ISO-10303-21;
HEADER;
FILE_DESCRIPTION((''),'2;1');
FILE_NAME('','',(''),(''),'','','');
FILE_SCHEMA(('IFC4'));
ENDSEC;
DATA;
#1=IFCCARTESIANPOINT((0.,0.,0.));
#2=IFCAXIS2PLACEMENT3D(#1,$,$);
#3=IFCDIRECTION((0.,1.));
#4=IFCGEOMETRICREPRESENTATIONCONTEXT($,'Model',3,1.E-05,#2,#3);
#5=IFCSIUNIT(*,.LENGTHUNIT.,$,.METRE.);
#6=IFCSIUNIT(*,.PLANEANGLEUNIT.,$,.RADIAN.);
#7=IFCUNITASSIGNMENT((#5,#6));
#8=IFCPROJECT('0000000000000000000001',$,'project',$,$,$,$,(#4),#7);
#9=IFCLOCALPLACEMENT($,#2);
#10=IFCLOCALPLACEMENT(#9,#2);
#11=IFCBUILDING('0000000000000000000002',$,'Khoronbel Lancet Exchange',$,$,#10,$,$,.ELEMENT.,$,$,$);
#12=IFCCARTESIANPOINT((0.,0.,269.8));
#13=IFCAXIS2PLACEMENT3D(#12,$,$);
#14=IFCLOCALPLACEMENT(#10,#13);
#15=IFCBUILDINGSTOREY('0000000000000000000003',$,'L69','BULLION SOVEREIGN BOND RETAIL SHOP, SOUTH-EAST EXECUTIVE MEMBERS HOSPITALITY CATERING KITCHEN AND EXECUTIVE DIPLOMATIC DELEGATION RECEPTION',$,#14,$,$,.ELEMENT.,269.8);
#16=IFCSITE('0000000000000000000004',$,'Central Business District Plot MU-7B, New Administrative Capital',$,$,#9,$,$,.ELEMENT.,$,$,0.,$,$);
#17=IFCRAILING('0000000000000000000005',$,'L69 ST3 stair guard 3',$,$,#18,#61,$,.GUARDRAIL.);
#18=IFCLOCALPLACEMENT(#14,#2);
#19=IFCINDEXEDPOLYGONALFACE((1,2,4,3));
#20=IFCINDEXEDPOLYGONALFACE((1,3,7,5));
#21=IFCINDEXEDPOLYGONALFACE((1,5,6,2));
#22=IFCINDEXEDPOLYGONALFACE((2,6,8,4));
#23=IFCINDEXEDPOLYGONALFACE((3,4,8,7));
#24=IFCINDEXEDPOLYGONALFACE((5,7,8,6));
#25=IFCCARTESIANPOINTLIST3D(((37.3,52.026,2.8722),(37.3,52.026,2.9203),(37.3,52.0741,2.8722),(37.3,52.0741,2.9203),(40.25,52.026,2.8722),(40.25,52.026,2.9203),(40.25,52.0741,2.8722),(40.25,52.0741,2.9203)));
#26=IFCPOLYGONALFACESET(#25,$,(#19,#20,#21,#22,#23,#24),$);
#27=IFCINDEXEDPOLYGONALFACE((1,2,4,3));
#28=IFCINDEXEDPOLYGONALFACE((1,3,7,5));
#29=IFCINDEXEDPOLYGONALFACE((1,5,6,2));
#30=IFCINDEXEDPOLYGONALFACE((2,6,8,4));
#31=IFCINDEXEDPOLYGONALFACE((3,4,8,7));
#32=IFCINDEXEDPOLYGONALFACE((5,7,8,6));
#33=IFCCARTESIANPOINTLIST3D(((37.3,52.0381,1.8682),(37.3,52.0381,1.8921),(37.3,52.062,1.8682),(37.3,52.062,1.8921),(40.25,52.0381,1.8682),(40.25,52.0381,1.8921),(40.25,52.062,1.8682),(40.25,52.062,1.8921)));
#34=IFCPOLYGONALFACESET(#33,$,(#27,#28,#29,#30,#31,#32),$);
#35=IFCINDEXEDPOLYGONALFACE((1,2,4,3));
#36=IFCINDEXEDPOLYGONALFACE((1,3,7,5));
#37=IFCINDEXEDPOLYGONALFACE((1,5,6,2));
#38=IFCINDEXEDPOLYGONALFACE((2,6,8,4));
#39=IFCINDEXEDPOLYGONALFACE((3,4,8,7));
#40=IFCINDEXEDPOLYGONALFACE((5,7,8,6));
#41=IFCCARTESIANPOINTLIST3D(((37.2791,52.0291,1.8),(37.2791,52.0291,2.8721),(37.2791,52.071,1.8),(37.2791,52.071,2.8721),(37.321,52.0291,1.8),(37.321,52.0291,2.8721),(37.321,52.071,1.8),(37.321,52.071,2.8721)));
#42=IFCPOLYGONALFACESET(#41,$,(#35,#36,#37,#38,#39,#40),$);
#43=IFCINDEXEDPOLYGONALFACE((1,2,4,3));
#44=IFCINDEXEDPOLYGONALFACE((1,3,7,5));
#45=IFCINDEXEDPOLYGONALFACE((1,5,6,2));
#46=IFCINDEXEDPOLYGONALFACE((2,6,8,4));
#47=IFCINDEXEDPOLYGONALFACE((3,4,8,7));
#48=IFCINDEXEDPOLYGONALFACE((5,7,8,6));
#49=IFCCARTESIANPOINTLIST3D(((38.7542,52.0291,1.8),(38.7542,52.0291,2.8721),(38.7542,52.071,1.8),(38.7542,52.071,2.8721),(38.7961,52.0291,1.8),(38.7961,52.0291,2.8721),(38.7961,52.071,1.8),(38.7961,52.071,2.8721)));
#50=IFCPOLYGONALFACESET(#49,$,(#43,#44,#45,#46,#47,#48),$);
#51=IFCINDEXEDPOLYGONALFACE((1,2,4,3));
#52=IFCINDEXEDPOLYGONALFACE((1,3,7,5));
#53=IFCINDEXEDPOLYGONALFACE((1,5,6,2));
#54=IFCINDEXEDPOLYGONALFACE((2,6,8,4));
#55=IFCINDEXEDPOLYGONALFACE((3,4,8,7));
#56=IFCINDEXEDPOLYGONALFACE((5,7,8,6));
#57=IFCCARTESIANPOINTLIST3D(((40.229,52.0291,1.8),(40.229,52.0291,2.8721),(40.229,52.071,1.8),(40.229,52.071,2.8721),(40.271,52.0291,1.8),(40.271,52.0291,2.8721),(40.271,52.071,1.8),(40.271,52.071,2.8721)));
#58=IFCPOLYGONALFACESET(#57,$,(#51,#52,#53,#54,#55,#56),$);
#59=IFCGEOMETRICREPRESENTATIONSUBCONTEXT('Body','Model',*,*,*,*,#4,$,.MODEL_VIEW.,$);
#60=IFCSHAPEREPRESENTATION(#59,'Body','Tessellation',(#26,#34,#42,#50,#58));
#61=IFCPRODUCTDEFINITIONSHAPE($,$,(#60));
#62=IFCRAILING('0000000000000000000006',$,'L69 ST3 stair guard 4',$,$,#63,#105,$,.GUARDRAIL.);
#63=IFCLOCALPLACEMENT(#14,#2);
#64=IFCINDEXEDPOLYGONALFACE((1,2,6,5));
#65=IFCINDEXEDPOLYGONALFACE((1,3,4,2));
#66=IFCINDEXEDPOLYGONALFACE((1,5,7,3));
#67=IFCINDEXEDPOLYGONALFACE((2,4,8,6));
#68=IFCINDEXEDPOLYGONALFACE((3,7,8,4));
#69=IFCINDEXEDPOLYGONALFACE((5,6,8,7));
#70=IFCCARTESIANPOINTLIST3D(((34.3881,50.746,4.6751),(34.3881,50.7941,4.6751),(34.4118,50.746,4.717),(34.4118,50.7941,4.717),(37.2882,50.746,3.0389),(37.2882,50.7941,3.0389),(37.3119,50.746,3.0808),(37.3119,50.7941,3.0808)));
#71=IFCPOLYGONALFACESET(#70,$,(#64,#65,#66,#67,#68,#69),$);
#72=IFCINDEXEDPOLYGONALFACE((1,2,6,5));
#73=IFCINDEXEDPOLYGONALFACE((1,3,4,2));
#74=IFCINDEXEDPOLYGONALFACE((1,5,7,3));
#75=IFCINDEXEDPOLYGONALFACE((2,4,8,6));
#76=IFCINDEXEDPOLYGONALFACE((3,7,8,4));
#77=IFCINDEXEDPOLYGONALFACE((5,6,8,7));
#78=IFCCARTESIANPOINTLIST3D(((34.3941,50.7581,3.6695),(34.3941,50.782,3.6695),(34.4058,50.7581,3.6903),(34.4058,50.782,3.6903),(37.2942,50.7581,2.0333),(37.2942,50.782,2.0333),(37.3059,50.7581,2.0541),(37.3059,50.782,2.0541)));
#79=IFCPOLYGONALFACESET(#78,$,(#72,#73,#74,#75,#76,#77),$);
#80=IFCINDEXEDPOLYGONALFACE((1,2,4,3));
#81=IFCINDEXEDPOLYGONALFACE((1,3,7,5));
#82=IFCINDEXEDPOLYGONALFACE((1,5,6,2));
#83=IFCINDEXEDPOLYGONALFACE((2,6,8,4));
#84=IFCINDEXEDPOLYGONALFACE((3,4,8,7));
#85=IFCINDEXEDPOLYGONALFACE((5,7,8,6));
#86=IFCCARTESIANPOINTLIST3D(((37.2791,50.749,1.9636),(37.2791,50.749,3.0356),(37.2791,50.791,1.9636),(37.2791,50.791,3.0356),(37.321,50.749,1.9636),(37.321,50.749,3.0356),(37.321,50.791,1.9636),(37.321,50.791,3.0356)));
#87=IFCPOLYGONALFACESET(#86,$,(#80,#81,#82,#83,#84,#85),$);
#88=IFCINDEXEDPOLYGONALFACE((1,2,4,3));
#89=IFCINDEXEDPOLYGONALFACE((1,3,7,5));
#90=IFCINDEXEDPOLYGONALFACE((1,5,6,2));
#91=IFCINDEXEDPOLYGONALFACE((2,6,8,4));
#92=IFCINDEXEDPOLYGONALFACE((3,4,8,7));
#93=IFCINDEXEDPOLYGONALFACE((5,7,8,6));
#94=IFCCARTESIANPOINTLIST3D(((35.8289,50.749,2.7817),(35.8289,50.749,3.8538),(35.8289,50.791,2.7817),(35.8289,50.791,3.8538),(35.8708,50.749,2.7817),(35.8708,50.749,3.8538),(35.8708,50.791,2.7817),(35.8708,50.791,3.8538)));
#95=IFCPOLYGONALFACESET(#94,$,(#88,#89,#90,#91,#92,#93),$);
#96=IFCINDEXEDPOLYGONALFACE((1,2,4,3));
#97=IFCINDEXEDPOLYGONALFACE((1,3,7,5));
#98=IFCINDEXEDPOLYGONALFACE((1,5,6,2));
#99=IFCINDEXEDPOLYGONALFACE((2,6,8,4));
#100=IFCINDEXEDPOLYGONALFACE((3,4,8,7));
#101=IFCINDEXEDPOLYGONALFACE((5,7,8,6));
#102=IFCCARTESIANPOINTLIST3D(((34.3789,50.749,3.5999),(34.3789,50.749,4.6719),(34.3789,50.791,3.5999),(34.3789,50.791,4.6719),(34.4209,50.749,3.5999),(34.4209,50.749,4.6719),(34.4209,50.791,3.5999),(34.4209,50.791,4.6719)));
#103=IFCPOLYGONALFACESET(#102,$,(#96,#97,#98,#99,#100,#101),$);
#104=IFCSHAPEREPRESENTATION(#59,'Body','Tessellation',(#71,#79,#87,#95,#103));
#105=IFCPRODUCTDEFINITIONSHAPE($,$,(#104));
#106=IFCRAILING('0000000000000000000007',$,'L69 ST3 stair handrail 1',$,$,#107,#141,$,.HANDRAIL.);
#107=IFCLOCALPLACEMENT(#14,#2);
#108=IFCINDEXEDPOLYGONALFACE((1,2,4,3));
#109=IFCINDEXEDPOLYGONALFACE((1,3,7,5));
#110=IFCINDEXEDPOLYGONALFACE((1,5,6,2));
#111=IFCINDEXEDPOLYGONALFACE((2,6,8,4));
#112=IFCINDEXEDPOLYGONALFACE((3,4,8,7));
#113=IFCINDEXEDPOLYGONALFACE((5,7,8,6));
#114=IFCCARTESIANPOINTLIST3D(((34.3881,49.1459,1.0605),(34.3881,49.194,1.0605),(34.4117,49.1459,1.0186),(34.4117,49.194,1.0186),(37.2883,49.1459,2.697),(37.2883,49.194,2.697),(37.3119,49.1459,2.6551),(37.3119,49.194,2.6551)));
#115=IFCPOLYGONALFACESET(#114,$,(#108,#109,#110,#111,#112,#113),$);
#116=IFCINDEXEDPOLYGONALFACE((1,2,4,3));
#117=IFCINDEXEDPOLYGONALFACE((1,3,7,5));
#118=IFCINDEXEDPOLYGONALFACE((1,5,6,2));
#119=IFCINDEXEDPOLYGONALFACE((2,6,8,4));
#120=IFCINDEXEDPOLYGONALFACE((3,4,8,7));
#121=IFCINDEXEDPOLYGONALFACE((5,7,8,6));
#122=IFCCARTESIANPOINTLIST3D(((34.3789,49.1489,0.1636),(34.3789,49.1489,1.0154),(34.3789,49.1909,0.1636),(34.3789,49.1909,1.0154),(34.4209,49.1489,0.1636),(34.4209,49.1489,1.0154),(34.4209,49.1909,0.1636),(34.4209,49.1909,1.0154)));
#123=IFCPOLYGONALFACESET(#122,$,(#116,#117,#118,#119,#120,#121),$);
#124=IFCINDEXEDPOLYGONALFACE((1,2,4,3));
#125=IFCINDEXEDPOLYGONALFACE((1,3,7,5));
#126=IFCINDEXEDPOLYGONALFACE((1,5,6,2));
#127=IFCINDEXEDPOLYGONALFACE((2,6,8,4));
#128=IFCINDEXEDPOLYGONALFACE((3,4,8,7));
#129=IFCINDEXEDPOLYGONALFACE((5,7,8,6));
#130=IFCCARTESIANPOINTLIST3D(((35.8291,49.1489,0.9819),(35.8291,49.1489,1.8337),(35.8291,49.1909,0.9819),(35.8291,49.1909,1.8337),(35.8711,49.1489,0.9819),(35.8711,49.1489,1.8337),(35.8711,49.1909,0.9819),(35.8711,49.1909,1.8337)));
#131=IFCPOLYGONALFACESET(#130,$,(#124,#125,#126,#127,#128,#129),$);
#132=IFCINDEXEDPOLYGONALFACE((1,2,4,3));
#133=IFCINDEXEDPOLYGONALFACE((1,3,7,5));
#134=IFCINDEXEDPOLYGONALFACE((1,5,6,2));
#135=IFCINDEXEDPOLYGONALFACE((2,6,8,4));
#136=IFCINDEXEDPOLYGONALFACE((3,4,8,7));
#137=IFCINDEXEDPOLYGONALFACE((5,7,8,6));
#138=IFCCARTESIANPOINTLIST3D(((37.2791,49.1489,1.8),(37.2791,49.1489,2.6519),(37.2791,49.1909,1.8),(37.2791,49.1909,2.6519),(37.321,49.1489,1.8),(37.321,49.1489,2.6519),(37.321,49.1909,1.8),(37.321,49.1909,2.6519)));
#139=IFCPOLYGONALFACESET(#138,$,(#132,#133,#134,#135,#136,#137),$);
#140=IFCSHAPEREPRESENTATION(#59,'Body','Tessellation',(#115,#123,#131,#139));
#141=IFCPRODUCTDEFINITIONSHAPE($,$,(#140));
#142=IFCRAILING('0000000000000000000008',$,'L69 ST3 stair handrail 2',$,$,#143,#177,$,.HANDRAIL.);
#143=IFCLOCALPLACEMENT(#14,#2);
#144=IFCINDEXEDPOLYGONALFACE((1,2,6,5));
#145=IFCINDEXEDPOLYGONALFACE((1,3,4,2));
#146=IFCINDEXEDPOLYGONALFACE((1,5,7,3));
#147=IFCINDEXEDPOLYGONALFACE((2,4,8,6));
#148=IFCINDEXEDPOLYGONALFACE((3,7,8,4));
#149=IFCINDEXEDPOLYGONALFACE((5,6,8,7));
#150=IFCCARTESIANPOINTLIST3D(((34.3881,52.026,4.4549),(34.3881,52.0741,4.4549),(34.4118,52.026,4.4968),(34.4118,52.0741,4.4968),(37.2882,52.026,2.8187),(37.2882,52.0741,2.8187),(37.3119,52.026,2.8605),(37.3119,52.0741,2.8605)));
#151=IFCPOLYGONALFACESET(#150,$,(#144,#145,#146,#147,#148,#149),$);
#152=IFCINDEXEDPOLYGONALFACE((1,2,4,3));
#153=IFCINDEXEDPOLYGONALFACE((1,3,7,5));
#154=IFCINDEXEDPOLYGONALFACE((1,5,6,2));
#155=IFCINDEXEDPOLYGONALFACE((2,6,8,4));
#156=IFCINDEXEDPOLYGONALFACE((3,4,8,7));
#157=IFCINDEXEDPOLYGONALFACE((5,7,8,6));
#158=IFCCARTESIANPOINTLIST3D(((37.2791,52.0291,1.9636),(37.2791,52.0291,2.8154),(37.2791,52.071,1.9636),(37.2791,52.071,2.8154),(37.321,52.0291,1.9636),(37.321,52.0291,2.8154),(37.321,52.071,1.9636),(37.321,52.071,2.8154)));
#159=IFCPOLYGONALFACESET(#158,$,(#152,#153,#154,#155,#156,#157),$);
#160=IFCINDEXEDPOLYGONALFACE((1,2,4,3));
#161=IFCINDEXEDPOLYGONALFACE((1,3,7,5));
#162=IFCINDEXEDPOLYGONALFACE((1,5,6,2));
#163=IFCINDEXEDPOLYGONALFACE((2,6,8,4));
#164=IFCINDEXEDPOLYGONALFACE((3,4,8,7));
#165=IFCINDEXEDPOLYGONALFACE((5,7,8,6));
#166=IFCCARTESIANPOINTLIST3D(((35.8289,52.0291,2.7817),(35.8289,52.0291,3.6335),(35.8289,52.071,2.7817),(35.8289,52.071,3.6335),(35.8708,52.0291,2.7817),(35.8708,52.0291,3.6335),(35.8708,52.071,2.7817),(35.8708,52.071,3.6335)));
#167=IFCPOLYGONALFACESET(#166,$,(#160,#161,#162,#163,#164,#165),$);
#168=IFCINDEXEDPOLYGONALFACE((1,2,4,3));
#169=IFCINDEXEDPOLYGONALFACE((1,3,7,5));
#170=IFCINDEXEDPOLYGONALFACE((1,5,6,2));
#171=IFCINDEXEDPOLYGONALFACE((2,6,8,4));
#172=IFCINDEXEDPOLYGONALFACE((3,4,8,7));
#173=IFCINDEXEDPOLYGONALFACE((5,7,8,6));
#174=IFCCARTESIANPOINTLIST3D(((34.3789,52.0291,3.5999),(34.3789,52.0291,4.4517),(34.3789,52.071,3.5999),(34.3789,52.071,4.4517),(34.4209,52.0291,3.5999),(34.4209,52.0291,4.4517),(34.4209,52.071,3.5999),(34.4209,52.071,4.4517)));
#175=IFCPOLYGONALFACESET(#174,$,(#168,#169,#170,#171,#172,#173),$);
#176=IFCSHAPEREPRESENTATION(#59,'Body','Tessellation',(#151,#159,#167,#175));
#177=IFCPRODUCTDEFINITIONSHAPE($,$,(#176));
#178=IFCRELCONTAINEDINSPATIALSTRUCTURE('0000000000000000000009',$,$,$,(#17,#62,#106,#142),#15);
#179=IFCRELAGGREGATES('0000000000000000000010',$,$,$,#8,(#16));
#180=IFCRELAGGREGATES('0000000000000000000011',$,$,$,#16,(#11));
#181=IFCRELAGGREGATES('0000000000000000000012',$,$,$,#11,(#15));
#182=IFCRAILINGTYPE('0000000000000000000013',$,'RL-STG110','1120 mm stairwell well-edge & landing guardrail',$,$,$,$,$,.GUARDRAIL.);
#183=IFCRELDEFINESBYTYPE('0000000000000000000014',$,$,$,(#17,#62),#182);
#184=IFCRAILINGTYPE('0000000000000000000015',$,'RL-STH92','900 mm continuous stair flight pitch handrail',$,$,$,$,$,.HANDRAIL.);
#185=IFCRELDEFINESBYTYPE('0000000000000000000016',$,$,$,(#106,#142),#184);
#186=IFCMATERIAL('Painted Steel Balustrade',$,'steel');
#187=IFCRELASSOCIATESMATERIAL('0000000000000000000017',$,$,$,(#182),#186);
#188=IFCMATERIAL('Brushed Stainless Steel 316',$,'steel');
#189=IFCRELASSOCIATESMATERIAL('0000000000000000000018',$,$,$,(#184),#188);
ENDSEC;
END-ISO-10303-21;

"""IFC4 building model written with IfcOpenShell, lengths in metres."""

from ifc_helpers import new_model, si_unit, direction, frame, origin, origin_2d, place, context, subcontext, project, spatial, rectangle, extrude, material, type_object, element, save


model = new_model("IFC4")

# Units and contexts
model_context = context("Model", 3, precision=1e-05, world=origin(), true_north=direction((0.0, 1.0)))
body_context = subcontext(model_context, "Body", "Model", "MODEL_VIEW")
ifc_project = project(units=[si_unit("LENGTHUNIT", "METRE"), si_unit("PLANEANGLEUNIT", "RADIAN")], contexts=[model_context])

# Site, building, storey
site_placement = place(None, origin())
site = spatial("IfcSite", under=ifc_project, at=site_placement, Name="Central Business District Plot MU-7B, New Administrative Capital", CompositionType="ELEMENT", RefElevation=0.0)
building_placement = place(site_placement, origin())
building = spatial("IfcBuilding", under=site, at=building_placement, Name="Khoronbel Lancet Exchange", CompositionType="ELEMENT")
storey_placement = place(building_placement, frame((0.0, 0.0, 269.8)))
storey = spatial("IfcBuildingStorey", under=building, at=storey_placement, Name="L69", Description="BULLION SOVEREIGN BOND RETAIL SHOP, SOUTH-EAST EXECUTIVE MEMBERS HOSPITALITY CATERING KITCHEN AND EXECUTIVE DIPLOMATIC DELEGATION RECEPTION", CompositionType="ELEMENT", Elevation=269.8)

# Railings
ifc_material_1 = material(Name="Painted Steel Balustrade", Category="steel")
railing_type_1 = type_object("IfcRailingType", Name="RL-STG110", Description="1120 mm stairwell well-edge & landing guardrail", PredefinedType="GUARDRAIL", material=ifc_material_1)
railing_1_placement = place(storey_placement, frame((37.3, 52.05, 1.8)))
element("IfcRailing", 1, at=railing_1_placement, inside=storey, type_object=railing_type_1, Name="L69 ST3 stair guard 3", PredefinedType="GUARDRAIL", context=body_context, shape_type="SweptSolid", body=[
    extrude(rectangle(XDim=0.0481, YDim=0.0481, at=origin_2d()), frame((0.0, 0.0, 1.0962), z_axis=(1.0, 0.0, 0.0), x_axis=(0.0, 1.0, 0.0)), (0.0, 0.0, 1.0), 2.95),
    extrude(rectangle(XDim=0.0239, YDim=0.0239, at=origin_2d()), frame((0.0, 0.0, 0.0801), z_axis=(1.0, 0.0, 0.0), x_axis=(0.0, 1.0, 0.0)), (0.0, 0.0, 1.0), 2.95),
    extrude(rectangle(XDim=0.042, YDim=0.042, at=origin_2d()), origin(), (0.0, 0.0, 1.0), 1.072),
    extrude(rectangle(XDim=0.042, YDim=0.042, at=origin_2d()), frame((1.4751, 0.0, 0.0)), (0.0, 0.0, 1.0), 1.072),
    extrude(rectangle(XDim=0.042, YDim=0.042, at=origin_2d()), frame((2.95, 0.0, 0.0)), (0.0, 0.0, 1.0), 1.072),
])
railing_2_placement = place(storey_placement, frame((37.3, 50.77, 1.9636)))
element("IfcRailing", 2, at=railing_2_placement, inside=storey, type_object=railing_type_1, Name="L69 ST3 stair guard 4", PredefinedType="GUARDRAIL", context=body_context, shape_type="SweptSolid", body=[
    extrude(rectangle(XDim=0.0481, YDim=0.0481, at=origin_2d()), frame((0.0, 0.0, 1.0962), z_axis=(-0.870946, 0.0, 0.491378), x_axis=(0.0, -1.0, 0.0)), (0.0, 0.0, 1.0), 3.3298),
    extrude(rectangle(XDim=0.0239, YDim=0.0239, at=origin_2d()), frame((0.0, 0.0, 0.0801), z_axis=(-0.870946, 0.0, 0.491378), x_axis=(0.0, -1.0, 0.0)), (0.0, 0.0, 1.0), 3.3298),
    extrude(rectangle(XDim=0.042, YDim=0.042, at=origin_2d()), origin(), (0.0, 0.0, 1.0), 1.072),
    extrude(rectangle(XDim=0.042, YDim=0.042, at=origin_2d()), frame((-1.4502, 0.0, 0.8181)), (0.0, 0.0, 1.0), 1.072),
    extrude(rectangle(XDim=0.042, YDim=0.042, at=origin_2d()), frame((-2.9001, 0.0, 1.6362)), (0.0, 0.0, 1.0), 1.072),
])
ifc_material_2 = material(Name="Brushed Stainless Steel 316", Category="steel")
railing_type_2 = type_object("IfcRailingType", Name="RL-STH92", Description="900 mm continuous stair flight pitch handrail", PredefinedType="HANDRAIL", material=ifc_material_2)
railing_3_placement = place(storey_placement, frame((34.3999, 49.1699, 0.1636)))
element("IfcRailing", 3, at=railing_3_placement, inside=storey, type_object=railing_type_2, Name="L69 ST3 stair handrail 1", PredefinedType="HANDRAIL", context=body_context, shape_type="SweptSolid", body=[
    extrude(rectangle(XDim=0.0481, YDim=0.0481, at=origin_2d()), frame((0.0, 0.0, 0.876), z_axis=(0.870915, 0.0, 0.491434), x_axis=(0.0, 1.0, 0.0)), (0.0, 0.0, 1.0), 3.3301),
    extrude(rectangle(XDim=0.042, YDim=0.042, at=origin_2d()), origin(), (0.0, 0.0, 1.0), 0.8518),
    extrude(rectangle(XDim=0.042, YDim=0.042, at=origin_2d()), frame((1.4502, 0.0, 0.8184)), (0.0, 0.0, 1.0), 0.8518),
    extrude(rectangle(XDim=0.042, YDim=0.042, at=origin_2d()), frame((2.9001, 0.0, 1.6365)), (0.0, 0.0, 1.0), 0.8518),
])
railing_4_placement = place(storey_placement, frame((37.3, 52.05, 1.9636)))
element("IfcRailing", 4, at=railing_4_placement, inside=storey, type_object=railing_type_2, Name="L69 ST3 stair handrail 2", PredefinedType="HANDRAIL", context=body_context, shape_type="SweptSolid", body=[
    extrude(rectangle(XDim=0.0481, YDim=0.0481, at=origin_2d()), frame((0.0, 0.0, 0.876), z_axis=(-0.870946, 0.0, 0.491378), x_axis=(0.0, -1.0, 0.0)), (0.0, 0.0, 1.0), 3.3298),
    extrude(rectangle(XDim=0.042, YDim=0.042, at=origin_2d()), origin(), (0.0, 0.0, 1.0), 0.8518),
    extrude(rectangle(XDim=0.042, YDim=0.042, at=origin_2d()), frame((-1.4502, 0.0, 0.8181)), (0.0, 0.0, 1.0), 0.8518),
    extrude(rectangle(XDim=0.042, YDim=0.042, at=origin_2d()), frame((-2.9001, 0.0, 1.6362)), (0.0, 0.0, 1.0), 0.8518),
])

save(model, "model.ifc")
